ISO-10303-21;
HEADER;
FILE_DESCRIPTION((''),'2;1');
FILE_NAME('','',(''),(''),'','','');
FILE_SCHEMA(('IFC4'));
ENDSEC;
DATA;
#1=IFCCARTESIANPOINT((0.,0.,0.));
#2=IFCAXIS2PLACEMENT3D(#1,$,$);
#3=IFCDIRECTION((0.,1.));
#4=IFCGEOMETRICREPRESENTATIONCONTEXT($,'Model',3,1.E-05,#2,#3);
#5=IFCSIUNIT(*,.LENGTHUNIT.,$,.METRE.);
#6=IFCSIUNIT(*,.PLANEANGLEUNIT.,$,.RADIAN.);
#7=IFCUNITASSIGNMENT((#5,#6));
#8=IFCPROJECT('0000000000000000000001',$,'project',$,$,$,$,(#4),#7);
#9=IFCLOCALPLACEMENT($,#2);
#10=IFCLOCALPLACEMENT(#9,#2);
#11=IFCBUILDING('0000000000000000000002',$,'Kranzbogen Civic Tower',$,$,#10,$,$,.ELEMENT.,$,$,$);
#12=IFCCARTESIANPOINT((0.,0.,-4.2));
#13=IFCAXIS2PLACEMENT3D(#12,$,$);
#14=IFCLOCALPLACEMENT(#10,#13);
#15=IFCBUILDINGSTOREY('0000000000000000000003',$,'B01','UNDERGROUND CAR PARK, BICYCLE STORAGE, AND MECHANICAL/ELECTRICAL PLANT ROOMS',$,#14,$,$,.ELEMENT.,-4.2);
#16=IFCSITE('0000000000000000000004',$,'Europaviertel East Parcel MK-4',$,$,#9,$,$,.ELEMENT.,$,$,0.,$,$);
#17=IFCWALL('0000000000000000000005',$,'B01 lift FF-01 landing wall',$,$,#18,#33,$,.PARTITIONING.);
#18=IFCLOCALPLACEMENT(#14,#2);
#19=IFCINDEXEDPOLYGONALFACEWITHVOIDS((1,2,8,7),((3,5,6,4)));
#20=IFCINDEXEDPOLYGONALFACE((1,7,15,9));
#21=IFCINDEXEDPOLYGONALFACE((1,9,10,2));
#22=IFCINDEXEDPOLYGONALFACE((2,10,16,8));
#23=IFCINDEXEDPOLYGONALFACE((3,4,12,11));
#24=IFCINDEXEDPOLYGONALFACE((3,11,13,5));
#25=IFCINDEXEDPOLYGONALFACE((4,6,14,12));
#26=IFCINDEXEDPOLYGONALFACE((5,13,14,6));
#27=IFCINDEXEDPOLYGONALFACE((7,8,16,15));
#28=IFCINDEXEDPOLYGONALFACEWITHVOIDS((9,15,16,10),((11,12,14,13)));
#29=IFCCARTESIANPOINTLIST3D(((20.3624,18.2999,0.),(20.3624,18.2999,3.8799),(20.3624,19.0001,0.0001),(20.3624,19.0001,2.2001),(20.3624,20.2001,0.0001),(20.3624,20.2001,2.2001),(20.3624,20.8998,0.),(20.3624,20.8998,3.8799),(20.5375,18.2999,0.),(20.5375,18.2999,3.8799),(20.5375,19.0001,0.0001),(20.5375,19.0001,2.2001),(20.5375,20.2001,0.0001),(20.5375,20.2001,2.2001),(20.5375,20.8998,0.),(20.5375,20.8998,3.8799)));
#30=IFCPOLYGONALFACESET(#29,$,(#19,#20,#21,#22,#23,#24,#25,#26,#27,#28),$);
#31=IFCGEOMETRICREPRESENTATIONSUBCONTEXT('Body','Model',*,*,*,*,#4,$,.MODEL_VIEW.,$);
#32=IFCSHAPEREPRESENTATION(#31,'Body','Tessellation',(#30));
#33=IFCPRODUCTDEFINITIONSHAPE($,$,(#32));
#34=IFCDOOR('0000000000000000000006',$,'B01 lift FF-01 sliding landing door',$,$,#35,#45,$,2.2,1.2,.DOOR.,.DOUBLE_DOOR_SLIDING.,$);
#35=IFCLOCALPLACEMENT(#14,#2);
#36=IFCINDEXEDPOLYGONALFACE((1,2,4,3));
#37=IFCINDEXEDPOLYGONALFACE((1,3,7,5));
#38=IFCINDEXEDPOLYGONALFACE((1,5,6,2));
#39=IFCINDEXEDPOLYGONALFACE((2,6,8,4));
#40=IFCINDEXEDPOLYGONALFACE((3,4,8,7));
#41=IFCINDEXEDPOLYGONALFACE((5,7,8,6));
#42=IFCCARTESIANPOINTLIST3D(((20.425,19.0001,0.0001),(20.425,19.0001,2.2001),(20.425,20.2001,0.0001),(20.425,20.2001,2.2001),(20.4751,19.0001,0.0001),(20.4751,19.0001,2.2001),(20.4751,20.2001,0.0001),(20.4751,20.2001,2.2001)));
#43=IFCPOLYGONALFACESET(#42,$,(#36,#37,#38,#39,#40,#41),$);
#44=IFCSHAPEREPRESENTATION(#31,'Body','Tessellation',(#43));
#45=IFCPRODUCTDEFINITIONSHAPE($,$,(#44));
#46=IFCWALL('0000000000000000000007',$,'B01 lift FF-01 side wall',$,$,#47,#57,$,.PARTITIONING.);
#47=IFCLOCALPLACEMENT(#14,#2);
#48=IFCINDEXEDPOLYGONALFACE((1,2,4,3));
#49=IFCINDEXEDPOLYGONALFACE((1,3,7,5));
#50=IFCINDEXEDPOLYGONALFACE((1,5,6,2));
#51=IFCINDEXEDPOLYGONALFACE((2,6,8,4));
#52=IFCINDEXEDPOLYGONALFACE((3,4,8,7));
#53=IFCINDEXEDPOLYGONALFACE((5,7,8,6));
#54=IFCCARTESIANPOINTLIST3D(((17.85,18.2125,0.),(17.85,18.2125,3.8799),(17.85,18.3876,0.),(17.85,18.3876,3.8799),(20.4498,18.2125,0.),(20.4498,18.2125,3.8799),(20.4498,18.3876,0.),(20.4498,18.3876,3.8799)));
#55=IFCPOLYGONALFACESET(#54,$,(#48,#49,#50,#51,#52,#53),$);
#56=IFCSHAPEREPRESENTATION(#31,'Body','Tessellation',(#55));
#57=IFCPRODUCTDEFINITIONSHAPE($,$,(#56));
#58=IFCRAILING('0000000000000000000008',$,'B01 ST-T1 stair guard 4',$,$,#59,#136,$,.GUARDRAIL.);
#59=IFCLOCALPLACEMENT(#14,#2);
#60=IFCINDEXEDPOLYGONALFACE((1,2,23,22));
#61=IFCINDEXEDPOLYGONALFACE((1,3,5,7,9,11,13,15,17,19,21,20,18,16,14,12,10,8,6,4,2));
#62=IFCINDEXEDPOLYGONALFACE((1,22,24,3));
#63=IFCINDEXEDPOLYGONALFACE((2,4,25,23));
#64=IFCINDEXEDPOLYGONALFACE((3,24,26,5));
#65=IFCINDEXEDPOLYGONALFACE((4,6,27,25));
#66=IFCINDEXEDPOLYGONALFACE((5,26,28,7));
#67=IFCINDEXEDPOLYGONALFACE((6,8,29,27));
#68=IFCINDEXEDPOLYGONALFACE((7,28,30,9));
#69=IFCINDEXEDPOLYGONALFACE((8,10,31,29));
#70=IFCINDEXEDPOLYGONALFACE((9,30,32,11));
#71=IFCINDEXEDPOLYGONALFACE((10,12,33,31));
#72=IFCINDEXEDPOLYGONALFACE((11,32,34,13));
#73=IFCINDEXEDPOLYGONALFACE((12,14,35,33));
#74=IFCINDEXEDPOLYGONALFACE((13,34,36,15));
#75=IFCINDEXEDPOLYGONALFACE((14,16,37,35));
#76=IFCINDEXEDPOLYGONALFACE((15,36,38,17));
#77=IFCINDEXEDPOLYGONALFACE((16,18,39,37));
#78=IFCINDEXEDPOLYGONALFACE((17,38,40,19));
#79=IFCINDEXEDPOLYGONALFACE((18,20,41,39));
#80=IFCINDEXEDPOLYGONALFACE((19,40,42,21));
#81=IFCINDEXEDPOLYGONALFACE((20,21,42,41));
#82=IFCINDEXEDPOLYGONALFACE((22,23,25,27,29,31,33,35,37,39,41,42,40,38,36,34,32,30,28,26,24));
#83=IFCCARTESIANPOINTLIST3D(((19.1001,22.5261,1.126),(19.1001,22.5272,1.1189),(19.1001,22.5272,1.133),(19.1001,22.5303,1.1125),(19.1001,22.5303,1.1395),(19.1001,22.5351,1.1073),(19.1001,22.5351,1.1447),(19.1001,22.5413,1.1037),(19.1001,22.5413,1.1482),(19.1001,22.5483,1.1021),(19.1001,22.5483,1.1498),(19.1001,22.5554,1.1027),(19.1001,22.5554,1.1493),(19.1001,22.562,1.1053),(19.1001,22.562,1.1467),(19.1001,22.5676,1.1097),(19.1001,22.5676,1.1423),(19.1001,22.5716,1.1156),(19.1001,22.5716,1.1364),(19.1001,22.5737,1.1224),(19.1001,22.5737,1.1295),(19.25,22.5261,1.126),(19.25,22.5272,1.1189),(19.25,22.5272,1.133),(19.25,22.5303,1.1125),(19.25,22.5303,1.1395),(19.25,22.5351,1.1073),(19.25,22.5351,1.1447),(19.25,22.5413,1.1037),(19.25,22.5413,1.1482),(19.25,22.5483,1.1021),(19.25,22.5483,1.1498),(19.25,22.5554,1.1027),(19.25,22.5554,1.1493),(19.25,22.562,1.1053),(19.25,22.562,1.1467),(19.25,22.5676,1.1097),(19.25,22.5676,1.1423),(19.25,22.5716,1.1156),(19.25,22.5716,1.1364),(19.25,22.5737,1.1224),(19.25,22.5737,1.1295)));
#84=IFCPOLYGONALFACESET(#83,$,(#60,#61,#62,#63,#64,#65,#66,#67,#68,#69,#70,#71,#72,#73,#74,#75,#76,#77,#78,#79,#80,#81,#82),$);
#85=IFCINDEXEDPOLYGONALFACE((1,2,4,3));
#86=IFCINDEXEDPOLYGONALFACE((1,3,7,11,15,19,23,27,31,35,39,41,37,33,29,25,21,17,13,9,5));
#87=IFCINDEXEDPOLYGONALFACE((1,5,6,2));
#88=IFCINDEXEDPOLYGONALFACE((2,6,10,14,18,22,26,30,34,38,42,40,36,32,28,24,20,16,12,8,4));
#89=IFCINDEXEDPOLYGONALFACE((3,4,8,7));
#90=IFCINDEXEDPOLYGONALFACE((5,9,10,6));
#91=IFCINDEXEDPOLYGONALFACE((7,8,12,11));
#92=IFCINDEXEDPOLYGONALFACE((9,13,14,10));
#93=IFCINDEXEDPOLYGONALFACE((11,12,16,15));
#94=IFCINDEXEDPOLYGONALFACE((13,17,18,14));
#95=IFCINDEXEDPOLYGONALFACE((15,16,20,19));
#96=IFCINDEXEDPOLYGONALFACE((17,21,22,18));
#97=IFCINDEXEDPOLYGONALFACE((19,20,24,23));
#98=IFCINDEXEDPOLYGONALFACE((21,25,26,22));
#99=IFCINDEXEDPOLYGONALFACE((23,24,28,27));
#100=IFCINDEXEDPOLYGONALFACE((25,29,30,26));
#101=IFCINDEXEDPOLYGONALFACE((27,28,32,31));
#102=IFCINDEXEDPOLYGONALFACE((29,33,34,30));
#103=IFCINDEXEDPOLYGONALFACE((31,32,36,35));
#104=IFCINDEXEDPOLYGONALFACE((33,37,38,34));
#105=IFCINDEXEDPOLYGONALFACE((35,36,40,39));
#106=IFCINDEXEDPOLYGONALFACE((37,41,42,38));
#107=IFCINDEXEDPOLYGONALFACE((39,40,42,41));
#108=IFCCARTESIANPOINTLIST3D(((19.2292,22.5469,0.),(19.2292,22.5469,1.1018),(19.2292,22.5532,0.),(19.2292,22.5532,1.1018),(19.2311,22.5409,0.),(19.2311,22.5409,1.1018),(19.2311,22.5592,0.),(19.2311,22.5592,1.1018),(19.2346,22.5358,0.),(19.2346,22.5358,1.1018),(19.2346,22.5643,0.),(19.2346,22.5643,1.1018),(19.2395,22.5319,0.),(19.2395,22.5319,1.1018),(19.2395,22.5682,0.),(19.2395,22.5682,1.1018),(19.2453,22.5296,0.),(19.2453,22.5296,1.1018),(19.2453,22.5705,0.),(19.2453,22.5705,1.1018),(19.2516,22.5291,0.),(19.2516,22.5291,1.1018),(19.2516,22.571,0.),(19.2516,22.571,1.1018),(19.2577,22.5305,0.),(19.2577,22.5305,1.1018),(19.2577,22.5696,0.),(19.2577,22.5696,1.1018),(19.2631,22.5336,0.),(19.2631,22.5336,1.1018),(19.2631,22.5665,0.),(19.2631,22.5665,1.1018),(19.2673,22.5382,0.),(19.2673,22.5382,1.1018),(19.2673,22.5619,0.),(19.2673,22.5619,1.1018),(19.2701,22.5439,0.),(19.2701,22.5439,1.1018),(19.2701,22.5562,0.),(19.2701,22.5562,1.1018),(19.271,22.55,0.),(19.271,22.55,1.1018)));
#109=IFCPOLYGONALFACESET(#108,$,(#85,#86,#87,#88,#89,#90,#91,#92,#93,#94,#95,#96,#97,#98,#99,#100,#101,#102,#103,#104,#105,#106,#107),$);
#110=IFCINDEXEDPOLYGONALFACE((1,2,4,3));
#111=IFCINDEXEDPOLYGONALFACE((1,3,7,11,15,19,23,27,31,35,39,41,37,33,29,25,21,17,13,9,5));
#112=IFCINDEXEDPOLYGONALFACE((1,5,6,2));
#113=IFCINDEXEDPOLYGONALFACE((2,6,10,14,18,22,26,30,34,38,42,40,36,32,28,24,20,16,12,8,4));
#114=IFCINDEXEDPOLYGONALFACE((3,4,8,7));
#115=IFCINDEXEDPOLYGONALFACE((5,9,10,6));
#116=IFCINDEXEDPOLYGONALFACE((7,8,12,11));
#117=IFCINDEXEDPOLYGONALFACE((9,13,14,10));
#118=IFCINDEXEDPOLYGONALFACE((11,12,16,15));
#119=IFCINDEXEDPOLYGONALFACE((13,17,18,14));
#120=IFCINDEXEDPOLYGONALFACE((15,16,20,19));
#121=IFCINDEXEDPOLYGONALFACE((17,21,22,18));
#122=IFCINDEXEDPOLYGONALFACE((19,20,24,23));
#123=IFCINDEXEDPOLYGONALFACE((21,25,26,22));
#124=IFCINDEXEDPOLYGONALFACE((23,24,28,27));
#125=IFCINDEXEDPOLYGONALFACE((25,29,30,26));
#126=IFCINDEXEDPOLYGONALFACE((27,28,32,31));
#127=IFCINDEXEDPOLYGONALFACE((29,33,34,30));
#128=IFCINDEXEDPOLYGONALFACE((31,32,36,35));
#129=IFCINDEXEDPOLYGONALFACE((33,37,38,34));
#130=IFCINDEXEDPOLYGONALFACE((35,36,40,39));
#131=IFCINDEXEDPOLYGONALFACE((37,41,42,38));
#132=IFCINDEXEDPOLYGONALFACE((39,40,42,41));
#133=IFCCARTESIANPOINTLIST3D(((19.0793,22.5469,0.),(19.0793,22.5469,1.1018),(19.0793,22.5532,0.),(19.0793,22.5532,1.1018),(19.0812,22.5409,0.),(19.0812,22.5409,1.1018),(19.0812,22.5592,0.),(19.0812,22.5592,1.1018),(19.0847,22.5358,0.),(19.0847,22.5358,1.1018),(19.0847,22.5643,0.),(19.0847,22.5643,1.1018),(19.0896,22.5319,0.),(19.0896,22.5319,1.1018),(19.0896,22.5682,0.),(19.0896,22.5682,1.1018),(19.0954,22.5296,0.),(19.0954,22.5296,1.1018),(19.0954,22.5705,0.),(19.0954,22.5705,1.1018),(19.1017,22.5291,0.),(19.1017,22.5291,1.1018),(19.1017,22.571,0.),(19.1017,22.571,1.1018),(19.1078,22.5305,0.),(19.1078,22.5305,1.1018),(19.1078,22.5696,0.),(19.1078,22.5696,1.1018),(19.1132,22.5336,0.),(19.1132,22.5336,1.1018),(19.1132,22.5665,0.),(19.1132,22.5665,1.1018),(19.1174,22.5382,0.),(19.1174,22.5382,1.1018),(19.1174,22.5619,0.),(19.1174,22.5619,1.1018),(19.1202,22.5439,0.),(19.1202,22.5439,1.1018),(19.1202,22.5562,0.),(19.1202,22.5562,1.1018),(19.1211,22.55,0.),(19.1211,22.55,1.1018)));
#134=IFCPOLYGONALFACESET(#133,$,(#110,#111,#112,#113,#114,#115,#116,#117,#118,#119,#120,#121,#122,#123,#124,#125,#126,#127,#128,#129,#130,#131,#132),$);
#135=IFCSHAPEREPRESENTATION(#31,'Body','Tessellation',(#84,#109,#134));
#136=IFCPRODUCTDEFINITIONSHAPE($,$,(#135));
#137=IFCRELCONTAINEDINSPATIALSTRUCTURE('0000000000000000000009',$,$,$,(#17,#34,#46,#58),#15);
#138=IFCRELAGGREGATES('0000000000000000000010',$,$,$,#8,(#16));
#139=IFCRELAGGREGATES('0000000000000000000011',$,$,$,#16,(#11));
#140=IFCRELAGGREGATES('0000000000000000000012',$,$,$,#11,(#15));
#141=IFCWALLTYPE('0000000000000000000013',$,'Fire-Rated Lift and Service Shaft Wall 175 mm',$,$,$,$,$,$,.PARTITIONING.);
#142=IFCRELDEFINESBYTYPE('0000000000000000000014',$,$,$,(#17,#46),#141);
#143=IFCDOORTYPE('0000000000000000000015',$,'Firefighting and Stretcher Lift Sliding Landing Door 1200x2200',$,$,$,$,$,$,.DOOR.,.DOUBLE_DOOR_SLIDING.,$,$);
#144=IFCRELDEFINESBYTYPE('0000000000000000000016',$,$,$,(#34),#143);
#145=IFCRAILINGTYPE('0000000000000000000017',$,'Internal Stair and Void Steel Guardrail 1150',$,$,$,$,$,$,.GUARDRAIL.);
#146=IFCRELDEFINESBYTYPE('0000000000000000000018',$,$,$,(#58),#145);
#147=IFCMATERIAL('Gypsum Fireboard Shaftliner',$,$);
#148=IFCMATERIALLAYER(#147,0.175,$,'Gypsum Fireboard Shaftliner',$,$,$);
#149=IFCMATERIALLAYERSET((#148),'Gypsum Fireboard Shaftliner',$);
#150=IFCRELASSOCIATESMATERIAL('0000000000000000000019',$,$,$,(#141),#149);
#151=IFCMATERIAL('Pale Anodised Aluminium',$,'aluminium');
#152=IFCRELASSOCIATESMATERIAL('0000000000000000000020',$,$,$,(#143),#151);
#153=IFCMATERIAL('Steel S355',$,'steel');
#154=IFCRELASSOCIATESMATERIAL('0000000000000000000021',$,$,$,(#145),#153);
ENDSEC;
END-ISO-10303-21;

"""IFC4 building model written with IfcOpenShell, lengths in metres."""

from ifc_helpers import new_model, si_unit, direction, frame, frame_2d, origin, origin_2d, place, context, subcontext, project, spatial, rectangle, circle, extrude, material, layer, layer_set, type_object, element, fill, save


model = new_model("IFC4")

# Units and contexts
model_context = context("Model", 3, precision=1e-05, world=origin(), true_north=direction((0.0, 1.0)))
body_context = subcontext(model_context, "Body", "Model", "MODEL_VIEW")
ifc_project = project(units=[si_unit("LENGTHUNIT", "METRE"), si_unit("PLANEANGLEUNIT", "RADIAN")], contexts=[model_context])

# Site, building, storey
site_placement = place(None, origin())
site = spatial("IfcSite", under=ifc_project, at=site_placement, Name="Europaviertel East Parcel MK-4", CompositionType="ELEMENT", RefElevation=0.0)
building_placement = place(site_placement, origin())
building = spatial("IfcBuilding", under=site, at=building_placement, Name="Kranzbogen Civic Tower", CompositionType="ELEMENT")
storey_placement = place(building_placement, frame((0.0, 0.0, -4.2)))
storey = spatial("IfcBuildingStorey", under=building, at=storey_placement, Name="B01", Description="UNDERGROUND CAR PARK, BICYCLE STORAGE, AND MECHANICAL/ELECTRICAL PLANT ROOMS", CompositionType="ELEMENT", Elevation=-4.2)

# Shared definitions
ifc_material_1 = material(Name="Steel S355", Category="steel")

# Shared definitions
ifc_material_2 = material(Name="Pale Anodised Aluminium", Category="aluminium")

# Wall, opening, door
ifc_material_3 = material(Name="Gypsum Fireboard Shaftliner")
ifc_layer_1 = layer(ifc_material_3, 0.175, Name="Gypsum Fireboard Shaftliner")
ifc_layer_set_1 = layer_set([ifc_layer_1], Name="Gypsum Fireboard Shaftliner")
wall_type_1 = type_object("IfcWallType", Name="Fire-Rated Lift and Service Shaft Wall 175 mm", PredefinedType="PARTITIONING", material=ifc_layer_set_1)
wall_1_placement = place(storey_placement, frame((20.45, 18.3, 0.0), z_axis=(0.0, 0.0, 1.0), x_axis=(0.0, 1.0, 0.0)))
wall_1 = element("IfcWall", 1, at=wall_1_placement, inside=storey, type_object=wall_type_1, Name="B01 lift FF-01 landing wall", PredefinedType="PARTITIONING", context=body_context, shape_type="SweptSolid", body=[
    extrude(rectangle(XDim=2.5999, YDim=0.175, at=frame_2d((1.2998, 0.0))), origin(), (0.0, 0.0, 1.0), 3.8799),
])
opening_1_placement = place(wall_1_placement, frame((0.7, 0.0, 0.0)))
opening_1 = element("IfcOpeningElement", 2, at=opening_1_placement, cuts=wall_1, PredefinedType="OPENING", context=body_context, shape_type="SweptSolid", body=[
    extrude(rectangle(XDim=1.2, YDim=2.2, at=frame_2d((0.6001, 1.1001))), frame((0.0, 0.0977, 0.0), z_axis=(0.0, -1.0, 0.0), x_axis=(1.0, 0.0, 0.0)), (0.0, 0.0, 1.0), 0.1951),
])
door_type_1 = type_object("IfcDoorType", Name="Firefighting and Stretcher Lift Sliding Landing Door 1200x2200", OperationType="DOUBLE_DOOR_SLIDING", PredefinedType="DOOR", material=ifc_material_2)
door_1_placement = place(opening_1_placement, origin())
door_1 = element("IfcDoor", 3, at=door_1_placement, inside=storey, type_object=door_type_1, Name="B01 lift FF-01 sliding landing door", OperationType="DOUBLE_DOOR_SLIDING", OverallHeight=2.2, OverallWidth=1.2, PredefinedType="DOOR", context=body_context, shape_type="SweptSolid", body=[
    extrude(rectangle(XDim=1.2, YDim=2.2, at=frame_2d((0.6001, 1.1001))), frame((0.0, 0.0249, 0.0), z_axis=(0.0, -1.0, 0.0), x_axis=(1.0, 0.0, 0.0)), (0.0, 0.0, 1.0), 0.05),
])
fill(opening_1, door_1)

# Wall
wall_2_placement = place(storey_placement, frame((17.8501, 18.3, 0.0), z_axis=(0.0, 0.0, 1.0), x_axis=(1.0, 0.0, 0.0)))
element("IfcWall", 4, at=wall_2_placement, inside=storey, type_object=wall_type_1, Name="B01 lift FF-01 side wall", PredefinedType="PARTITIONING", context=body_context, shape_type="SweptSolid", body=[
    extrude(rectangle(XDim=2.5999, YDim=0.175, at=frame_2d((1.2998, 0.0))), origin(), (0.0, 0.0, 1.0), 3.8799),
])

# Railing
railing_type = type_object("IfcRailingType", Name="Internal Stair and Void Steel Guardrail 1150", PredefinedType="GUARDRAIL", material=ifc_material_1)
railing_placement = place(storey_placement, frame((19.25, 22.55, 0.0)))
element("IfcRailing", 5, at=railing_placement, inside=storey, type_object=railing_type, Name="B01 ST-T1 stair guard 4", PredefinedType="GUARDRAIL", context=body_context, shape_type="SweptSolid", body=[
    extrude(circle(Radius=0.0239, at=origin_2d()), frame((0.0, 0.0, 1.126), z_axis=(-1.0, 0.0, 0.0), x_axis=(0.0, -1.0, 0.0)), (0.0, 0.0, 1.0), 0.1499),
    extrude(circle(Radius=0.021, at=origin_2d()), origin(), (0.0, 0.0, 1.0), 1.1018),
    extrude(circle(Radius=0.021, at=origin_2d()), frame((-0.1499, 0.0, 0.0)), (0.0, 0.0, 1.0), 1.1018),
])

save(model, "model.ifc")
